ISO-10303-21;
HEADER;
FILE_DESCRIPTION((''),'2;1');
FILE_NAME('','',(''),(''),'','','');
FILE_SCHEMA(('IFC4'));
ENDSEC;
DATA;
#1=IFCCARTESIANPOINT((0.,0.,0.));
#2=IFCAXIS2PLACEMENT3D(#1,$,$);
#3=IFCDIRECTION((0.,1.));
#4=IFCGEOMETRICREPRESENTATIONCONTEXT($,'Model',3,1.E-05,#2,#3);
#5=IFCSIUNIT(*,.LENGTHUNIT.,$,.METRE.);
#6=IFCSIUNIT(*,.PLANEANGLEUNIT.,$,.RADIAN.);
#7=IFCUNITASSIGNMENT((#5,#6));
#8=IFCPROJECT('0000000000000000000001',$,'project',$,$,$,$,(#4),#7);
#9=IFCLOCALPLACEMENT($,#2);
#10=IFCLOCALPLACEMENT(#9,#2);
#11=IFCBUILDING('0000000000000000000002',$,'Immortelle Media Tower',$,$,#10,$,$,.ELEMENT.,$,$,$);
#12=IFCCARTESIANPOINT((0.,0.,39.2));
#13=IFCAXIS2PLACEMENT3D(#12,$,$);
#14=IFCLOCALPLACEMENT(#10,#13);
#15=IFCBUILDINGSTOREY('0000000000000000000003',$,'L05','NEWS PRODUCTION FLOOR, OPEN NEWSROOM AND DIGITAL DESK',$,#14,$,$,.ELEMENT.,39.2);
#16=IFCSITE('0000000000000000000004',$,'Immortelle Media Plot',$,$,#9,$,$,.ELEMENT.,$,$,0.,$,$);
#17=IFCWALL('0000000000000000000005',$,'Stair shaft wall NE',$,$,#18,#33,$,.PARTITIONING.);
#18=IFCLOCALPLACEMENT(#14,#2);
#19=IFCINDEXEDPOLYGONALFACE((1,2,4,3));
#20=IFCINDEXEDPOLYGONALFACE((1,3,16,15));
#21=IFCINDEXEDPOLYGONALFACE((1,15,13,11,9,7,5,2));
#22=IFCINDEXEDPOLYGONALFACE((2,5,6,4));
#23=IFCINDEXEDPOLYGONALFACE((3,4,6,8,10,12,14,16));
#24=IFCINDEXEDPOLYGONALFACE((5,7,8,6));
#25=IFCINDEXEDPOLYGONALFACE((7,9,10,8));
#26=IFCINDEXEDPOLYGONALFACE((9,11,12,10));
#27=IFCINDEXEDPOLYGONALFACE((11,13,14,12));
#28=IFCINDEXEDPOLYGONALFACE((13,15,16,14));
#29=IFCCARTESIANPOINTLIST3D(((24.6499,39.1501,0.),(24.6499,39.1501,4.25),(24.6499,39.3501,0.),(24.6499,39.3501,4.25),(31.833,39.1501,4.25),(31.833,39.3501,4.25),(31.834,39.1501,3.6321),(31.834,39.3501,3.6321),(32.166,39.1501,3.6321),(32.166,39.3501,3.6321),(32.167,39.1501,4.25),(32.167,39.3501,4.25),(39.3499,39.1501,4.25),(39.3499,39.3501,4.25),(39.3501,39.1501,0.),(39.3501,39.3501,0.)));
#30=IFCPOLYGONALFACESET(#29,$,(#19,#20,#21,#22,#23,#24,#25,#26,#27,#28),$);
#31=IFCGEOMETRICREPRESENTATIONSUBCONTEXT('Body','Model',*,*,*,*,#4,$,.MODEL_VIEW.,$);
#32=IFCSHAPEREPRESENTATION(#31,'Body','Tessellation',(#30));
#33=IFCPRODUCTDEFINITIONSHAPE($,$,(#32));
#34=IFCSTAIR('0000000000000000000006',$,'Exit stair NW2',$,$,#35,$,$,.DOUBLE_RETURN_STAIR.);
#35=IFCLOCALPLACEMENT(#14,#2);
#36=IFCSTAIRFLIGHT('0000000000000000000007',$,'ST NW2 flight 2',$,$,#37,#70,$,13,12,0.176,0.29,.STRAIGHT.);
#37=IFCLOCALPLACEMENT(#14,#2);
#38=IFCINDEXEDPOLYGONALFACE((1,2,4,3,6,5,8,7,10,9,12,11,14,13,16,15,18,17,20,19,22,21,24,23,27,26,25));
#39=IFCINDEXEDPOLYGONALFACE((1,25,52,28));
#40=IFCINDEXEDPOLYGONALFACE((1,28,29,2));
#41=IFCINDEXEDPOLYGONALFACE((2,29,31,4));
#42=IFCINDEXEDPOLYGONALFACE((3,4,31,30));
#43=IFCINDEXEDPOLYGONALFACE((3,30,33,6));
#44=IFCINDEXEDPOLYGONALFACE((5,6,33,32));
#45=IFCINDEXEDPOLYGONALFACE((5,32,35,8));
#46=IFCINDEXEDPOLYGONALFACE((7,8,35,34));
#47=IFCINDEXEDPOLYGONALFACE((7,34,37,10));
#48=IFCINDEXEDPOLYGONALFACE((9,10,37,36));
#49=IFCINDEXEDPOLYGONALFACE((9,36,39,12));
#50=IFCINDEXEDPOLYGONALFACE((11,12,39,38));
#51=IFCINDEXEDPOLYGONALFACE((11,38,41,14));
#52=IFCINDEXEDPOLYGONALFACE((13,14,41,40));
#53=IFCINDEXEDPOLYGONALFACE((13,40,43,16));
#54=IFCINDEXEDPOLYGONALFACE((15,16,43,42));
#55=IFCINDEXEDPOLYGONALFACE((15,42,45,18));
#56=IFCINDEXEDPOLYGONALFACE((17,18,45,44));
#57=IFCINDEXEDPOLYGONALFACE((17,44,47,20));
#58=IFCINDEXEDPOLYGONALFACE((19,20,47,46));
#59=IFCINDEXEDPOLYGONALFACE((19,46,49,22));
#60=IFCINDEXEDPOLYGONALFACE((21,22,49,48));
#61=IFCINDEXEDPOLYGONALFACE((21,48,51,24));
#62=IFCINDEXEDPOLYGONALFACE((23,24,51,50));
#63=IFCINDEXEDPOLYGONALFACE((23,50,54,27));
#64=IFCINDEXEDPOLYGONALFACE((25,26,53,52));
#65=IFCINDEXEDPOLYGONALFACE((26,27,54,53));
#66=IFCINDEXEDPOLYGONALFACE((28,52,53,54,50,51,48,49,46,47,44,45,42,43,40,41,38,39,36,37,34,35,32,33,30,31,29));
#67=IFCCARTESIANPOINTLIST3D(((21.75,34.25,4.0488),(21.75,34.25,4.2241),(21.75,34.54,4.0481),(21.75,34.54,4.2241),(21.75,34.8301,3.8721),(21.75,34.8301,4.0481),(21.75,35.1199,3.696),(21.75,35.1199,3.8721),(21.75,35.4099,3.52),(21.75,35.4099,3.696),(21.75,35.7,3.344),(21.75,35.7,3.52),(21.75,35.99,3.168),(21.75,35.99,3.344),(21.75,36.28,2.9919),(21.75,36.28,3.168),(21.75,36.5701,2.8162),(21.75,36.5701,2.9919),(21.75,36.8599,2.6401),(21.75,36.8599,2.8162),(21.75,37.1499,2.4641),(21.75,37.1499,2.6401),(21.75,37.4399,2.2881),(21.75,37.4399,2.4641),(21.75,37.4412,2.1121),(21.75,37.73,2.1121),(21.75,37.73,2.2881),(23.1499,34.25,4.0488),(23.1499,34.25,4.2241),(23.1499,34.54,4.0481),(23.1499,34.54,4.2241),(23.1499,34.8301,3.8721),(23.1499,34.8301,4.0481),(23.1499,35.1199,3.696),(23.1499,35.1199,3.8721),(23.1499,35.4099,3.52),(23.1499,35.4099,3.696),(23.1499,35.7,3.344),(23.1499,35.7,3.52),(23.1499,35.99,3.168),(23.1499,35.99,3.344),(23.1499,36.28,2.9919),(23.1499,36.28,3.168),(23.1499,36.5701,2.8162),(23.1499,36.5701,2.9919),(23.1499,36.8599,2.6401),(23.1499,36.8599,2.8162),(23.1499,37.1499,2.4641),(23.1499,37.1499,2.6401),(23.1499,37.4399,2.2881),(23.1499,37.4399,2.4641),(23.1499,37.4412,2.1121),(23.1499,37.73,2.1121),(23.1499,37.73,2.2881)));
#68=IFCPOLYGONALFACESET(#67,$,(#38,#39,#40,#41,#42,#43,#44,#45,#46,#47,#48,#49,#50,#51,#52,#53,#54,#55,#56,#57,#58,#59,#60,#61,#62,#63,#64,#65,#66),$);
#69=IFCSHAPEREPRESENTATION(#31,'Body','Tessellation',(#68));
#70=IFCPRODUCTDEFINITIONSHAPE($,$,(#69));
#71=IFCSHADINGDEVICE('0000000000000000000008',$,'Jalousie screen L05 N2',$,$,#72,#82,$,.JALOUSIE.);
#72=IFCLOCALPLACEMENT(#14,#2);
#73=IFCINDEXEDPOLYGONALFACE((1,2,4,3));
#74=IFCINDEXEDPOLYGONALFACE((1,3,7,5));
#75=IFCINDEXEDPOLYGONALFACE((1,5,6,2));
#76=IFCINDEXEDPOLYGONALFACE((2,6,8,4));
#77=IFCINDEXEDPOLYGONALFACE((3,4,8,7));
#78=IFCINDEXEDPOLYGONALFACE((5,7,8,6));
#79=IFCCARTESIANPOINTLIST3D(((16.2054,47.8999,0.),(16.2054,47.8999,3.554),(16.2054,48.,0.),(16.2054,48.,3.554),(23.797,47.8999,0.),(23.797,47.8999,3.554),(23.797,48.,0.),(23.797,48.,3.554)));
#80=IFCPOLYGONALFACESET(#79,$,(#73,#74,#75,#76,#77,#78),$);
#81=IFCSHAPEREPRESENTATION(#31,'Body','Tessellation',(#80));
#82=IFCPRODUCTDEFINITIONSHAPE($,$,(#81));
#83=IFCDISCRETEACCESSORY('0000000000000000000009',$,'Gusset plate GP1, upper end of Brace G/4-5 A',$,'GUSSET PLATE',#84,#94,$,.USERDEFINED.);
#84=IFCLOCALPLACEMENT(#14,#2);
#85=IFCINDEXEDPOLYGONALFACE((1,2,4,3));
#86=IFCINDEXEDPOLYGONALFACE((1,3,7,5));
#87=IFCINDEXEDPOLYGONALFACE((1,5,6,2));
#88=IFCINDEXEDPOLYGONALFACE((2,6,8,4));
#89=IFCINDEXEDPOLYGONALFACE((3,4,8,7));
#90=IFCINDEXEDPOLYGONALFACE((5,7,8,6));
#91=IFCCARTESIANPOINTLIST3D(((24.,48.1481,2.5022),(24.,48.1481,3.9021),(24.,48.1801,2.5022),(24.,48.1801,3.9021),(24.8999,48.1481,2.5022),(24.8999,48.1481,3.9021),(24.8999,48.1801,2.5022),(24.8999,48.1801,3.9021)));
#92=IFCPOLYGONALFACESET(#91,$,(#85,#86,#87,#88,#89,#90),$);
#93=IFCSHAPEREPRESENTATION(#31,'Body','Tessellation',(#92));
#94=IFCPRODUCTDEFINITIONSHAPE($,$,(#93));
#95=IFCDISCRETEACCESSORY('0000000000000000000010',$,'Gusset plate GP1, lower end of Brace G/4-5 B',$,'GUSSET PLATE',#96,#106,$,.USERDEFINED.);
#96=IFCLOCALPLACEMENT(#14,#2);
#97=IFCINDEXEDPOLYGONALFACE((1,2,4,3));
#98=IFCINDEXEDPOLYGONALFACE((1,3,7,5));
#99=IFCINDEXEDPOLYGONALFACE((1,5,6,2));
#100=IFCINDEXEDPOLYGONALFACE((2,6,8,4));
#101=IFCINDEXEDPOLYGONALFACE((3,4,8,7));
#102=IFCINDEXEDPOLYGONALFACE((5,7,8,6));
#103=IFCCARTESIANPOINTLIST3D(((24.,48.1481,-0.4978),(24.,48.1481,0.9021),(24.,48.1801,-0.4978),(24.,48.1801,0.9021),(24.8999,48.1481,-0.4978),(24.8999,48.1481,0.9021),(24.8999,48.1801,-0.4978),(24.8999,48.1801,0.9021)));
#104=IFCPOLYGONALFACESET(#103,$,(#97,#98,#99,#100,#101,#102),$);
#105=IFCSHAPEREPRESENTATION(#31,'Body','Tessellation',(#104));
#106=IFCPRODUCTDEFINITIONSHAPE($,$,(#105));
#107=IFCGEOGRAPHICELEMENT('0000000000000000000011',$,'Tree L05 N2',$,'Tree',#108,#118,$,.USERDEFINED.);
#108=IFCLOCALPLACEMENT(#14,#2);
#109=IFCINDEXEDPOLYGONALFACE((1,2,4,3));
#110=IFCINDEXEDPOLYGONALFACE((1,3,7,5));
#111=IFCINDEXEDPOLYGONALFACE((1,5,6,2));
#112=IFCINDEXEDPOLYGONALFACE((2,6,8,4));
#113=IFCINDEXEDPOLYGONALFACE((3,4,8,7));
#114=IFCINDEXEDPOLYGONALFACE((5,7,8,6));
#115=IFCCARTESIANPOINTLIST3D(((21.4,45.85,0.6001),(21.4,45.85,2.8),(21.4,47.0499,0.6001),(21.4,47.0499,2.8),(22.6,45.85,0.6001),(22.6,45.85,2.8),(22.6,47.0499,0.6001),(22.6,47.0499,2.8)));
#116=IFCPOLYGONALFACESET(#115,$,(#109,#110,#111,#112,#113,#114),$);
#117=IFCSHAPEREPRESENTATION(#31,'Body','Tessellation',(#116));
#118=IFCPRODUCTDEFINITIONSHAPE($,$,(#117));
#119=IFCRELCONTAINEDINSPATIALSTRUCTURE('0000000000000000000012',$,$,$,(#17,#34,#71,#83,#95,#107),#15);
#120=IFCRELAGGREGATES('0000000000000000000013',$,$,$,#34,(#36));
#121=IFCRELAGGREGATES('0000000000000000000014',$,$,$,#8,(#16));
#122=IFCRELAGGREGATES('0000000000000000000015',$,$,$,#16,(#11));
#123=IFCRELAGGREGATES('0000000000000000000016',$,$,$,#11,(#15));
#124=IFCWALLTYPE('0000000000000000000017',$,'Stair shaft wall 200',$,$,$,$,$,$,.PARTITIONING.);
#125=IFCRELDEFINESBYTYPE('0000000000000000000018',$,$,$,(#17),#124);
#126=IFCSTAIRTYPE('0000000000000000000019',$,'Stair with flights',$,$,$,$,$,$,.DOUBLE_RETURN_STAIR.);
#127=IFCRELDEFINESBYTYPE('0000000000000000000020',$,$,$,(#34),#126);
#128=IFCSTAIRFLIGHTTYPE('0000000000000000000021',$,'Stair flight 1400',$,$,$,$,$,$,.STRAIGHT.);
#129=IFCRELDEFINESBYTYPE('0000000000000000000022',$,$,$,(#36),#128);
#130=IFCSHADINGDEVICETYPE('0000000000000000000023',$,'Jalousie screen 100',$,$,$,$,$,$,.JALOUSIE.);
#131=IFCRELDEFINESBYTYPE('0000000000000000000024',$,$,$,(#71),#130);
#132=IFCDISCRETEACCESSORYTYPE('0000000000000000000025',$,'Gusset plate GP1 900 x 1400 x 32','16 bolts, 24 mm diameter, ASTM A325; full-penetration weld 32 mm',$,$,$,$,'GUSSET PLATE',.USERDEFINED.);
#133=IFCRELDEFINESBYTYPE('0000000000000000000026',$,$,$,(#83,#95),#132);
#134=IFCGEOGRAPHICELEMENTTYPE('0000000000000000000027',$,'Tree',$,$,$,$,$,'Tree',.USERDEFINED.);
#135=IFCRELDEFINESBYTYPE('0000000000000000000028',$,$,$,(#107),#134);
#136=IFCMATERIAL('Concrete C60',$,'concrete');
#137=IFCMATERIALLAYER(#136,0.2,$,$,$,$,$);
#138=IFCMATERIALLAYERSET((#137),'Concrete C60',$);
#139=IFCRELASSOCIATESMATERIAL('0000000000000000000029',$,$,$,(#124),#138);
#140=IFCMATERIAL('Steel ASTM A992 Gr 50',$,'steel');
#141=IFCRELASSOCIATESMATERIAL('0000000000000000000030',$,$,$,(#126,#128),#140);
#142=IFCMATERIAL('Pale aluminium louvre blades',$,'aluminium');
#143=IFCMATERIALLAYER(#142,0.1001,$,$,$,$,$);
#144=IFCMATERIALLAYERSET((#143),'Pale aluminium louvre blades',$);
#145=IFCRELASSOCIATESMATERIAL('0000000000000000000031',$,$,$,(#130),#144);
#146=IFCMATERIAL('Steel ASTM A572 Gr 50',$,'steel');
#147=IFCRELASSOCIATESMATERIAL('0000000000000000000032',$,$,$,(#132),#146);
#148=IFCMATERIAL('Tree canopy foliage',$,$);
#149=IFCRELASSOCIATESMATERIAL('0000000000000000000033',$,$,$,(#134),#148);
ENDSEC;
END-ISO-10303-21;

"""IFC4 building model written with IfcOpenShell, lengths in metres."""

from ifc_helpers import new_model, si_unit, direction, frame, origin, origin_2d, place, context, subcontext, project, spatial, polyline, rectangle, outline, extrude, material, layer, layer_set, material_profile, profile_set, type_object, element, aggregate, save


model = new_model("IFC4")

# Units and contexts
model_context = context("Model", 3, precision=1e-05, world=origin(), true_north=direction((0.0, 1.0)))
body_context = subcontext(model_context, "Body", "Model", "MODEL_VIEW")
ifc_project = project(units=[si_unit("LENGTHUNIT", "METRE"), si_unit("PLANEANGLEUNIT", "RADIAN")], contexts=[model_context])

# Site, building, storey
site_placement = place(None, origin())
site = spatial("IfcSite", under=ifc_project, at=site_placement, Name="Immortelle Media Plot", CompositionType="ELEMENT", RefElevation=0.0)
building_placement = place(site_placement, origin())
building = spatial("IfcBuilding", under=site, at=building_placement, Name="Immortelle Media Tower", CompositionType="ELEMENT")
storey_placement = place(building_placement, frame((0.0, 0.0, 39.2)))
storey = spatial("IfcBuildingStorey", under=building, at=storey_placement, Name="L05", Description="NEWS PRODUCTION FLOOR, OPEN NEWSROOM AND DIGITAL DESK", CompositionType="ELEMENT", Elevation=39.2)

# Shared definitions
ifc_material_1 = material(Name="Steel ASTM A992 Gr 50", Category="steel")

# Wall
ifc_material_2 = material(Name="Concrete C60", Category="concrete")
ifc_layer_1 = layer(ifc_material_2, 0.2)
ifc_layer_set_1 = layer_set([ifc_layer_1], Name="Concrete C60")
wall_type_1 = type_object("IfcWallType", Name="Stair shaft wall 200", PredefinedType="PARTITIONING", material=ifc_layer_set_1)
wall_1_placement = place(storey_placement, frame((24.6499, 39.25, 0.0), z_axis=(0.0, 0.0, 1.0), x_axis=(1.0, 0.0, 0.0)))
element("IfcWall", 1, at=wall_1_placement, inside=storey, type_object=wall_type_1, Name="Stair shaft wall NE", PredefinedType="PARTITIONING", context=body_context, shape_type="SweptSolid", body=[
    extrude(outline(polyline([(0.0, 0.0), (14.7002, 0.0), (14.7, 4.25), (7.5171, 4.25), (7.5161, 3.6321), (7.1841, 3.6321), (7.1831, 4.25), (0.0, 4.25), (0.0, 0.0)])), frame((0.0, 0.1001, 0.0), z_axis=(0.0, -1.0, 0.0), x_axis=(1.0, 0.0, 0.0)), (0.0, 0.0, 1.0), 0.2),
])

# Stair, stair flight
stair_type = type_object("IfcStairType", Name="Stair with flights", PredefinedType="DOUBLE_RETURN_STAIR", material=ifc_material_1)
stair_placement = place(storey_placement, origin())
stair = element("IfcStair", 2, at=stair_placement, inside=storey, type_object=stair_type, Name="Exit stair NW2", PredefinedType="DOUBLE_RETURN_STAIR")
stair_flight_type = type_object("IfcStairFlightType", Name="Stair flight 1400", PredefinedType="STRAIGHT", material=ifc_material_1)
stair_flight_placement = place(storey_placement, frame((22.45, 37.73, 2.1121), z_axis=(0.0, 0.0, 1.0), x_axis=(0.0, -1.0, 0.0)))
stair_flight = element("IfcStairFlight", 3, at=stair_flight_placement, type_object=stair_flight_type, Name="ST NW2 flight 2", NumberOfRisers=13, NumberOfTreads=12, PredefinedType="STRAIGHT", RiserHeight=0.176, TreadLength=0.29, context=body_context, shape_type="SweptSolid", body=[
    extrude(outline(polyline([(0.0, 0.0), (0.0, 0.176), (0.29, 0.176), (0.29, 0.3521), (0.5801, 0.3521), (0.5801, 0.5281), (0.8701, 0.5281), (0.8701, 0.7041), (1.1599, 0.7041), (1.1599, 0.8799), (1.45, 0.8799), (1.45, 1.0559), (1.74, 1.0559), (1.74, 1.2319), (2.03, 1.2319), (2.03, 1.408), (2.3201, 1.408), (2.3201, 1.584), (2.6101, 1.584), (2.6101, 1.76), (2.8999, 1.76), (2.8999, 1.936), (3.1899, 1.936), (3.1899, 2.1121), (3.48, 2.1121), (3.48, 2.2881), (3.48, 1.9368), (0.2888, 0.0), (0.0, 0.0)])), frame((0.0, 0.7, 0.0), z_axis=(0.0, -1.0, 0.0), x_axis=(1.0, 0.0, 0.0)), (0.0, 0.0, 1.0), 1.3999),
])
aggregate(stair, [stair_flight])

# Shading device
ifc_material_3 = material(Name="Pale aluminium louvre blades", Category="aluminium")
ifc_layer_2 = layer(ifc_material_3, 0.1001)
ifc_layer_set_2 = layer_set([ifc_layer_2], Name="Pale aluminium louvre blades")
shading_device_type = type_object("IfcShadingDeviceType", Name="Jalousie screen 100", PredefinedType="JALOUSIE", material=ifc_layer_set_2)
shading_device_placement = place(storey_placement, frame((20.0012, 47.95, 0.0), z_axis=(0.0, 0.0, 1.0), x_axis=(-1.0, 0.0, 0.0)))
element("IfcShadingDevice", 4, at=shading_device_placement, inside=storey, type_object=shading_device_type, Name="Jalousie screen L05 N2", PredefinedType="JALOUSIE", context=body_context, shape_type="SweptSolid", body=[
    extrude(rectangle(XDim=7.5916, YDim=0.1001, at=origin_2d()), origin(), (0.0, 0.0, 1.0), 3.554),
])

# Discrete accessories
ifc_material_4 = material(Name="Steel ASTM A572 Gr 50", Category="steel")
ifc_material_profile_1 = material_profile(ifc_material_4, rectangle(XDim=0.032, YDim=1.3999, at=origin_2d()), Name="PL 32 x 1400")
ifc_profile_set_1 = profile_set([ifc_material_profile_1], Name="Steel ASTM A572 Gr 50")
discrete_accessory_type = type_object("IfcDiscreteAccessoryType", Name="Gusset plate GP1 900 x 1400 x 32", Description="16 bolts, 24 mm diameter, ASTM A325; full-penetration weld 32 mm", ElementType="GUSSET PLATE", PredefinedType="USERDEFINED", material=ifc_profile_set_1)
for number, where, z_axis, x_axis, name in (
    (5, (24.0, 48.1641, 3.2021), (1.0, 0.0, 0.0), (0.0, 1.0, 0.0), "Gusset plate GP1, upper end of Brace G/4-5 A"),
    (6, (24.0, 48.1641, 0.2021), (1.0, 0.0, 0.0), (0.0, 1.0, 0.0), "Gusset plate GP1, lower end of Brace G/4-5 B"),
):
    element("IfcDiscreteAccessory", number, at=place(storey_placement, frame(where, z_axis=z_axis, x_axis=x_axis)), inside=storey, type_object=discrete_accessory_type, Name=name, ObjectType="GUSSET PLATE", PredefinedType="USERDEFINED", context=body_context, shape_type="SweptSolid", body=[
        extrude(rectangle(XDim=0.032, YDim=1.3999, at=origin_2d()), origin(), (0.0, 0.0, 1.0), 0.8999),
    ])

# Geographic element
ifc_material_5 = material(Name="Tree canopy foliage")
geographic_element_type = type_object("IfcGeographicElementType", Name="Tree", ElementType="Tree", PredefinedType="USERDEFINED", material=ifc_material_5)
geographic_element_placement = place(storey_placement, frame((22.0, 46.45, 0.6001), z_axis=(0.0, 0.0, 1.0), x_axis=(1.0, 0.0, 0.0)))
element("IfcGeographicElement", 7, at=geographic_element_placement, inside=storey, type_object=geographic_element_type, Name="Tree L05 N2", ObjectType="Tree", PredefinedType="USERDEFINED", context=body_context, shape_type="SweptSolid", body=[
    extrude(rectangle(XDim=1.2, YDim=1.2, at=origin_2d()), origin(), (0.0, 0.0, 1.0), 2.2),
])

save(model, "model.ifc")
